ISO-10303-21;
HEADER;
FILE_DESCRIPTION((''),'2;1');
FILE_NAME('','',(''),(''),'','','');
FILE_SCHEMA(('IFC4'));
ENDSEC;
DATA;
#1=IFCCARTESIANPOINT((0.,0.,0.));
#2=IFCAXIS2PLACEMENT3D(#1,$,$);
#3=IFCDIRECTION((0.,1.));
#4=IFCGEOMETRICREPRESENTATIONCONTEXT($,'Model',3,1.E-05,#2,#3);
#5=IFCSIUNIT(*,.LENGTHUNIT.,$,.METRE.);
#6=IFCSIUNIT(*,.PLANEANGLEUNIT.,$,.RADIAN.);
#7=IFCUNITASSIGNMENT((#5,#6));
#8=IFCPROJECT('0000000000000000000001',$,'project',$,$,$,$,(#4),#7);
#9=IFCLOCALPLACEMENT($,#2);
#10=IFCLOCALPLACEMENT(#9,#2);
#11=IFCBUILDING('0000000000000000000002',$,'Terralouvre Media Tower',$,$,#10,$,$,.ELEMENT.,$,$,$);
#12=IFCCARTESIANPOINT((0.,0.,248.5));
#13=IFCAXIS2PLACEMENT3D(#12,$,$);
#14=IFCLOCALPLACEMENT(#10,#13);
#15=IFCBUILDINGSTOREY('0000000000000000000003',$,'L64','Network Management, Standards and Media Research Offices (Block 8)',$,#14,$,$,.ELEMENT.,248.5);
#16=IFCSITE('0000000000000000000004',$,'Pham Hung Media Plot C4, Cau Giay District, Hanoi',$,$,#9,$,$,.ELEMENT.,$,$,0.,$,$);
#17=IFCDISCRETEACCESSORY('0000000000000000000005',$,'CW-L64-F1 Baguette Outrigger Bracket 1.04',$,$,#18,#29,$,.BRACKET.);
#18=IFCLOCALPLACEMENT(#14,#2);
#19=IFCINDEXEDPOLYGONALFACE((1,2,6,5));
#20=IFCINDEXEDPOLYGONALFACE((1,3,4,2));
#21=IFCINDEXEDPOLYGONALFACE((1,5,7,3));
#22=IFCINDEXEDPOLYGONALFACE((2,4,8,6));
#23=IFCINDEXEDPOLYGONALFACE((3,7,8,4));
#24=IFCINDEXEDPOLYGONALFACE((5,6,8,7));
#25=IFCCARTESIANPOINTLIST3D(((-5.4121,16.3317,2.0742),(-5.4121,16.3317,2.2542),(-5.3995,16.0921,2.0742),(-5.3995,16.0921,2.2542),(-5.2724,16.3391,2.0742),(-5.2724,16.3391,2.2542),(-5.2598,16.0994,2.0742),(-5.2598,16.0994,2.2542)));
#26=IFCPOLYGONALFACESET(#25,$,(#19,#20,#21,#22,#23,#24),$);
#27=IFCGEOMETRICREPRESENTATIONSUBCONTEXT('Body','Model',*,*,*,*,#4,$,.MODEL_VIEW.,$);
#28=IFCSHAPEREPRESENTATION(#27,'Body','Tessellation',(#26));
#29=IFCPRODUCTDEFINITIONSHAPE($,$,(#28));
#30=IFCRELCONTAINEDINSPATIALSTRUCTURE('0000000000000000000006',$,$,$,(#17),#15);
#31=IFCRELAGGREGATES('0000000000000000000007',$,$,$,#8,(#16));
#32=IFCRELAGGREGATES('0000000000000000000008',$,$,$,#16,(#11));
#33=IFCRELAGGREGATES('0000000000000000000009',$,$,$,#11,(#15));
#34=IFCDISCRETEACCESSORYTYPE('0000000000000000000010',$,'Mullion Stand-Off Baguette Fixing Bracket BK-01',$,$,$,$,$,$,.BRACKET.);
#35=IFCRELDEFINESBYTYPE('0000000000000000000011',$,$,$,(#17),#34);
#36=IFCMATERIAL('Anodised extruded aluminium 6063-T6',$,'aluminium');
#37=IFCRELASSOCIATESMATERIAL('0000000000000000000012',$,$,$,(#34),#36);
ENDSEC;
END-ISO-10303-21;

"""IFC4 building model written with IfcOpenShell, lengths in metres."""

from ifc_helpers import new_model, si_unit, direction, frame, origin, origin_2d, place, context, subcontext, project, spatial, rectangle, extrude, material, type_object, element, save


model = new_model("IFC4")

# Units and contexts
model_context = context("Model", 3, precision=1e-05, world=origin(), true_north=direction((0.0, 1.0)))
body_context = subcontext(model_context, "Body", "Model", "MODEL_VIEW")
ifc_project = project(units=[si_unit("LENGTHUNIT", "METRE"), si_unit("PLANEANGLEUNIT", "RADIAN")], contexts=[model_context])

# Site, building, storey
site_placement = place(None, origin())
site = spatial("IfcSite", under=ifc_project, at=site_placement, Name="Pham Hung Media Plot C4, Cau Giay District, Hanoi", CompositionType="ELEMENT", RefElevation=0.0)
building_placement = place(site_placement, origin())
building = spatial("IfcBuilding", under=site, at=building_placement, Name="Terralouvre Media Tower", CompositionType="ELEMENT")
storey_placement = place(building_placement, frame((0.0, 0.0, 248.5)))
storey = spatial("IfcBuildingStorey", under=building, at=storey_placement, Name="L64", Description="Network Management, Standards and Media Research Offices (Block 8)", CompositionType="ELEMENT", Elevation=248.5)

# Discrete accessory
ifc_material_1 = material(Name="Anodised extruded aluminium 6063-T6", Category="aluminium")
discrete_accessory_type = type_object("IfcDiscreteAccessoryType", Name="Mullion Stand-Off Baguette Fixing Bracket BK-01", PredefinedType="BRACKET", material=ifc_material_1)
discrete_accessory_placement = place(storey_placement, frame((-5.3359, 16.2156, 2.0742), z_axis=(0.0, 0.0, 1.0), x_axis=(-0.99863, -0.052336, 0.0)))
element("IfcDiscreteAccessory", 1, at=discrete_accessory_placement, inside=storey, type_object=discrete_accessory_type, Name="CW-L64-F1 Baguette Outrigger Bracket 1.04", PredefinedType="BRACKET", context=body_context, shape_type="SweptSolid", body=[
    extrude(rectangle(XDim=0.1399, YDim=0.24, at=origin_2d()), origin(), (0.0, 0.0, 1.0), 0.1799),
])

save(model, "model.ifc")
